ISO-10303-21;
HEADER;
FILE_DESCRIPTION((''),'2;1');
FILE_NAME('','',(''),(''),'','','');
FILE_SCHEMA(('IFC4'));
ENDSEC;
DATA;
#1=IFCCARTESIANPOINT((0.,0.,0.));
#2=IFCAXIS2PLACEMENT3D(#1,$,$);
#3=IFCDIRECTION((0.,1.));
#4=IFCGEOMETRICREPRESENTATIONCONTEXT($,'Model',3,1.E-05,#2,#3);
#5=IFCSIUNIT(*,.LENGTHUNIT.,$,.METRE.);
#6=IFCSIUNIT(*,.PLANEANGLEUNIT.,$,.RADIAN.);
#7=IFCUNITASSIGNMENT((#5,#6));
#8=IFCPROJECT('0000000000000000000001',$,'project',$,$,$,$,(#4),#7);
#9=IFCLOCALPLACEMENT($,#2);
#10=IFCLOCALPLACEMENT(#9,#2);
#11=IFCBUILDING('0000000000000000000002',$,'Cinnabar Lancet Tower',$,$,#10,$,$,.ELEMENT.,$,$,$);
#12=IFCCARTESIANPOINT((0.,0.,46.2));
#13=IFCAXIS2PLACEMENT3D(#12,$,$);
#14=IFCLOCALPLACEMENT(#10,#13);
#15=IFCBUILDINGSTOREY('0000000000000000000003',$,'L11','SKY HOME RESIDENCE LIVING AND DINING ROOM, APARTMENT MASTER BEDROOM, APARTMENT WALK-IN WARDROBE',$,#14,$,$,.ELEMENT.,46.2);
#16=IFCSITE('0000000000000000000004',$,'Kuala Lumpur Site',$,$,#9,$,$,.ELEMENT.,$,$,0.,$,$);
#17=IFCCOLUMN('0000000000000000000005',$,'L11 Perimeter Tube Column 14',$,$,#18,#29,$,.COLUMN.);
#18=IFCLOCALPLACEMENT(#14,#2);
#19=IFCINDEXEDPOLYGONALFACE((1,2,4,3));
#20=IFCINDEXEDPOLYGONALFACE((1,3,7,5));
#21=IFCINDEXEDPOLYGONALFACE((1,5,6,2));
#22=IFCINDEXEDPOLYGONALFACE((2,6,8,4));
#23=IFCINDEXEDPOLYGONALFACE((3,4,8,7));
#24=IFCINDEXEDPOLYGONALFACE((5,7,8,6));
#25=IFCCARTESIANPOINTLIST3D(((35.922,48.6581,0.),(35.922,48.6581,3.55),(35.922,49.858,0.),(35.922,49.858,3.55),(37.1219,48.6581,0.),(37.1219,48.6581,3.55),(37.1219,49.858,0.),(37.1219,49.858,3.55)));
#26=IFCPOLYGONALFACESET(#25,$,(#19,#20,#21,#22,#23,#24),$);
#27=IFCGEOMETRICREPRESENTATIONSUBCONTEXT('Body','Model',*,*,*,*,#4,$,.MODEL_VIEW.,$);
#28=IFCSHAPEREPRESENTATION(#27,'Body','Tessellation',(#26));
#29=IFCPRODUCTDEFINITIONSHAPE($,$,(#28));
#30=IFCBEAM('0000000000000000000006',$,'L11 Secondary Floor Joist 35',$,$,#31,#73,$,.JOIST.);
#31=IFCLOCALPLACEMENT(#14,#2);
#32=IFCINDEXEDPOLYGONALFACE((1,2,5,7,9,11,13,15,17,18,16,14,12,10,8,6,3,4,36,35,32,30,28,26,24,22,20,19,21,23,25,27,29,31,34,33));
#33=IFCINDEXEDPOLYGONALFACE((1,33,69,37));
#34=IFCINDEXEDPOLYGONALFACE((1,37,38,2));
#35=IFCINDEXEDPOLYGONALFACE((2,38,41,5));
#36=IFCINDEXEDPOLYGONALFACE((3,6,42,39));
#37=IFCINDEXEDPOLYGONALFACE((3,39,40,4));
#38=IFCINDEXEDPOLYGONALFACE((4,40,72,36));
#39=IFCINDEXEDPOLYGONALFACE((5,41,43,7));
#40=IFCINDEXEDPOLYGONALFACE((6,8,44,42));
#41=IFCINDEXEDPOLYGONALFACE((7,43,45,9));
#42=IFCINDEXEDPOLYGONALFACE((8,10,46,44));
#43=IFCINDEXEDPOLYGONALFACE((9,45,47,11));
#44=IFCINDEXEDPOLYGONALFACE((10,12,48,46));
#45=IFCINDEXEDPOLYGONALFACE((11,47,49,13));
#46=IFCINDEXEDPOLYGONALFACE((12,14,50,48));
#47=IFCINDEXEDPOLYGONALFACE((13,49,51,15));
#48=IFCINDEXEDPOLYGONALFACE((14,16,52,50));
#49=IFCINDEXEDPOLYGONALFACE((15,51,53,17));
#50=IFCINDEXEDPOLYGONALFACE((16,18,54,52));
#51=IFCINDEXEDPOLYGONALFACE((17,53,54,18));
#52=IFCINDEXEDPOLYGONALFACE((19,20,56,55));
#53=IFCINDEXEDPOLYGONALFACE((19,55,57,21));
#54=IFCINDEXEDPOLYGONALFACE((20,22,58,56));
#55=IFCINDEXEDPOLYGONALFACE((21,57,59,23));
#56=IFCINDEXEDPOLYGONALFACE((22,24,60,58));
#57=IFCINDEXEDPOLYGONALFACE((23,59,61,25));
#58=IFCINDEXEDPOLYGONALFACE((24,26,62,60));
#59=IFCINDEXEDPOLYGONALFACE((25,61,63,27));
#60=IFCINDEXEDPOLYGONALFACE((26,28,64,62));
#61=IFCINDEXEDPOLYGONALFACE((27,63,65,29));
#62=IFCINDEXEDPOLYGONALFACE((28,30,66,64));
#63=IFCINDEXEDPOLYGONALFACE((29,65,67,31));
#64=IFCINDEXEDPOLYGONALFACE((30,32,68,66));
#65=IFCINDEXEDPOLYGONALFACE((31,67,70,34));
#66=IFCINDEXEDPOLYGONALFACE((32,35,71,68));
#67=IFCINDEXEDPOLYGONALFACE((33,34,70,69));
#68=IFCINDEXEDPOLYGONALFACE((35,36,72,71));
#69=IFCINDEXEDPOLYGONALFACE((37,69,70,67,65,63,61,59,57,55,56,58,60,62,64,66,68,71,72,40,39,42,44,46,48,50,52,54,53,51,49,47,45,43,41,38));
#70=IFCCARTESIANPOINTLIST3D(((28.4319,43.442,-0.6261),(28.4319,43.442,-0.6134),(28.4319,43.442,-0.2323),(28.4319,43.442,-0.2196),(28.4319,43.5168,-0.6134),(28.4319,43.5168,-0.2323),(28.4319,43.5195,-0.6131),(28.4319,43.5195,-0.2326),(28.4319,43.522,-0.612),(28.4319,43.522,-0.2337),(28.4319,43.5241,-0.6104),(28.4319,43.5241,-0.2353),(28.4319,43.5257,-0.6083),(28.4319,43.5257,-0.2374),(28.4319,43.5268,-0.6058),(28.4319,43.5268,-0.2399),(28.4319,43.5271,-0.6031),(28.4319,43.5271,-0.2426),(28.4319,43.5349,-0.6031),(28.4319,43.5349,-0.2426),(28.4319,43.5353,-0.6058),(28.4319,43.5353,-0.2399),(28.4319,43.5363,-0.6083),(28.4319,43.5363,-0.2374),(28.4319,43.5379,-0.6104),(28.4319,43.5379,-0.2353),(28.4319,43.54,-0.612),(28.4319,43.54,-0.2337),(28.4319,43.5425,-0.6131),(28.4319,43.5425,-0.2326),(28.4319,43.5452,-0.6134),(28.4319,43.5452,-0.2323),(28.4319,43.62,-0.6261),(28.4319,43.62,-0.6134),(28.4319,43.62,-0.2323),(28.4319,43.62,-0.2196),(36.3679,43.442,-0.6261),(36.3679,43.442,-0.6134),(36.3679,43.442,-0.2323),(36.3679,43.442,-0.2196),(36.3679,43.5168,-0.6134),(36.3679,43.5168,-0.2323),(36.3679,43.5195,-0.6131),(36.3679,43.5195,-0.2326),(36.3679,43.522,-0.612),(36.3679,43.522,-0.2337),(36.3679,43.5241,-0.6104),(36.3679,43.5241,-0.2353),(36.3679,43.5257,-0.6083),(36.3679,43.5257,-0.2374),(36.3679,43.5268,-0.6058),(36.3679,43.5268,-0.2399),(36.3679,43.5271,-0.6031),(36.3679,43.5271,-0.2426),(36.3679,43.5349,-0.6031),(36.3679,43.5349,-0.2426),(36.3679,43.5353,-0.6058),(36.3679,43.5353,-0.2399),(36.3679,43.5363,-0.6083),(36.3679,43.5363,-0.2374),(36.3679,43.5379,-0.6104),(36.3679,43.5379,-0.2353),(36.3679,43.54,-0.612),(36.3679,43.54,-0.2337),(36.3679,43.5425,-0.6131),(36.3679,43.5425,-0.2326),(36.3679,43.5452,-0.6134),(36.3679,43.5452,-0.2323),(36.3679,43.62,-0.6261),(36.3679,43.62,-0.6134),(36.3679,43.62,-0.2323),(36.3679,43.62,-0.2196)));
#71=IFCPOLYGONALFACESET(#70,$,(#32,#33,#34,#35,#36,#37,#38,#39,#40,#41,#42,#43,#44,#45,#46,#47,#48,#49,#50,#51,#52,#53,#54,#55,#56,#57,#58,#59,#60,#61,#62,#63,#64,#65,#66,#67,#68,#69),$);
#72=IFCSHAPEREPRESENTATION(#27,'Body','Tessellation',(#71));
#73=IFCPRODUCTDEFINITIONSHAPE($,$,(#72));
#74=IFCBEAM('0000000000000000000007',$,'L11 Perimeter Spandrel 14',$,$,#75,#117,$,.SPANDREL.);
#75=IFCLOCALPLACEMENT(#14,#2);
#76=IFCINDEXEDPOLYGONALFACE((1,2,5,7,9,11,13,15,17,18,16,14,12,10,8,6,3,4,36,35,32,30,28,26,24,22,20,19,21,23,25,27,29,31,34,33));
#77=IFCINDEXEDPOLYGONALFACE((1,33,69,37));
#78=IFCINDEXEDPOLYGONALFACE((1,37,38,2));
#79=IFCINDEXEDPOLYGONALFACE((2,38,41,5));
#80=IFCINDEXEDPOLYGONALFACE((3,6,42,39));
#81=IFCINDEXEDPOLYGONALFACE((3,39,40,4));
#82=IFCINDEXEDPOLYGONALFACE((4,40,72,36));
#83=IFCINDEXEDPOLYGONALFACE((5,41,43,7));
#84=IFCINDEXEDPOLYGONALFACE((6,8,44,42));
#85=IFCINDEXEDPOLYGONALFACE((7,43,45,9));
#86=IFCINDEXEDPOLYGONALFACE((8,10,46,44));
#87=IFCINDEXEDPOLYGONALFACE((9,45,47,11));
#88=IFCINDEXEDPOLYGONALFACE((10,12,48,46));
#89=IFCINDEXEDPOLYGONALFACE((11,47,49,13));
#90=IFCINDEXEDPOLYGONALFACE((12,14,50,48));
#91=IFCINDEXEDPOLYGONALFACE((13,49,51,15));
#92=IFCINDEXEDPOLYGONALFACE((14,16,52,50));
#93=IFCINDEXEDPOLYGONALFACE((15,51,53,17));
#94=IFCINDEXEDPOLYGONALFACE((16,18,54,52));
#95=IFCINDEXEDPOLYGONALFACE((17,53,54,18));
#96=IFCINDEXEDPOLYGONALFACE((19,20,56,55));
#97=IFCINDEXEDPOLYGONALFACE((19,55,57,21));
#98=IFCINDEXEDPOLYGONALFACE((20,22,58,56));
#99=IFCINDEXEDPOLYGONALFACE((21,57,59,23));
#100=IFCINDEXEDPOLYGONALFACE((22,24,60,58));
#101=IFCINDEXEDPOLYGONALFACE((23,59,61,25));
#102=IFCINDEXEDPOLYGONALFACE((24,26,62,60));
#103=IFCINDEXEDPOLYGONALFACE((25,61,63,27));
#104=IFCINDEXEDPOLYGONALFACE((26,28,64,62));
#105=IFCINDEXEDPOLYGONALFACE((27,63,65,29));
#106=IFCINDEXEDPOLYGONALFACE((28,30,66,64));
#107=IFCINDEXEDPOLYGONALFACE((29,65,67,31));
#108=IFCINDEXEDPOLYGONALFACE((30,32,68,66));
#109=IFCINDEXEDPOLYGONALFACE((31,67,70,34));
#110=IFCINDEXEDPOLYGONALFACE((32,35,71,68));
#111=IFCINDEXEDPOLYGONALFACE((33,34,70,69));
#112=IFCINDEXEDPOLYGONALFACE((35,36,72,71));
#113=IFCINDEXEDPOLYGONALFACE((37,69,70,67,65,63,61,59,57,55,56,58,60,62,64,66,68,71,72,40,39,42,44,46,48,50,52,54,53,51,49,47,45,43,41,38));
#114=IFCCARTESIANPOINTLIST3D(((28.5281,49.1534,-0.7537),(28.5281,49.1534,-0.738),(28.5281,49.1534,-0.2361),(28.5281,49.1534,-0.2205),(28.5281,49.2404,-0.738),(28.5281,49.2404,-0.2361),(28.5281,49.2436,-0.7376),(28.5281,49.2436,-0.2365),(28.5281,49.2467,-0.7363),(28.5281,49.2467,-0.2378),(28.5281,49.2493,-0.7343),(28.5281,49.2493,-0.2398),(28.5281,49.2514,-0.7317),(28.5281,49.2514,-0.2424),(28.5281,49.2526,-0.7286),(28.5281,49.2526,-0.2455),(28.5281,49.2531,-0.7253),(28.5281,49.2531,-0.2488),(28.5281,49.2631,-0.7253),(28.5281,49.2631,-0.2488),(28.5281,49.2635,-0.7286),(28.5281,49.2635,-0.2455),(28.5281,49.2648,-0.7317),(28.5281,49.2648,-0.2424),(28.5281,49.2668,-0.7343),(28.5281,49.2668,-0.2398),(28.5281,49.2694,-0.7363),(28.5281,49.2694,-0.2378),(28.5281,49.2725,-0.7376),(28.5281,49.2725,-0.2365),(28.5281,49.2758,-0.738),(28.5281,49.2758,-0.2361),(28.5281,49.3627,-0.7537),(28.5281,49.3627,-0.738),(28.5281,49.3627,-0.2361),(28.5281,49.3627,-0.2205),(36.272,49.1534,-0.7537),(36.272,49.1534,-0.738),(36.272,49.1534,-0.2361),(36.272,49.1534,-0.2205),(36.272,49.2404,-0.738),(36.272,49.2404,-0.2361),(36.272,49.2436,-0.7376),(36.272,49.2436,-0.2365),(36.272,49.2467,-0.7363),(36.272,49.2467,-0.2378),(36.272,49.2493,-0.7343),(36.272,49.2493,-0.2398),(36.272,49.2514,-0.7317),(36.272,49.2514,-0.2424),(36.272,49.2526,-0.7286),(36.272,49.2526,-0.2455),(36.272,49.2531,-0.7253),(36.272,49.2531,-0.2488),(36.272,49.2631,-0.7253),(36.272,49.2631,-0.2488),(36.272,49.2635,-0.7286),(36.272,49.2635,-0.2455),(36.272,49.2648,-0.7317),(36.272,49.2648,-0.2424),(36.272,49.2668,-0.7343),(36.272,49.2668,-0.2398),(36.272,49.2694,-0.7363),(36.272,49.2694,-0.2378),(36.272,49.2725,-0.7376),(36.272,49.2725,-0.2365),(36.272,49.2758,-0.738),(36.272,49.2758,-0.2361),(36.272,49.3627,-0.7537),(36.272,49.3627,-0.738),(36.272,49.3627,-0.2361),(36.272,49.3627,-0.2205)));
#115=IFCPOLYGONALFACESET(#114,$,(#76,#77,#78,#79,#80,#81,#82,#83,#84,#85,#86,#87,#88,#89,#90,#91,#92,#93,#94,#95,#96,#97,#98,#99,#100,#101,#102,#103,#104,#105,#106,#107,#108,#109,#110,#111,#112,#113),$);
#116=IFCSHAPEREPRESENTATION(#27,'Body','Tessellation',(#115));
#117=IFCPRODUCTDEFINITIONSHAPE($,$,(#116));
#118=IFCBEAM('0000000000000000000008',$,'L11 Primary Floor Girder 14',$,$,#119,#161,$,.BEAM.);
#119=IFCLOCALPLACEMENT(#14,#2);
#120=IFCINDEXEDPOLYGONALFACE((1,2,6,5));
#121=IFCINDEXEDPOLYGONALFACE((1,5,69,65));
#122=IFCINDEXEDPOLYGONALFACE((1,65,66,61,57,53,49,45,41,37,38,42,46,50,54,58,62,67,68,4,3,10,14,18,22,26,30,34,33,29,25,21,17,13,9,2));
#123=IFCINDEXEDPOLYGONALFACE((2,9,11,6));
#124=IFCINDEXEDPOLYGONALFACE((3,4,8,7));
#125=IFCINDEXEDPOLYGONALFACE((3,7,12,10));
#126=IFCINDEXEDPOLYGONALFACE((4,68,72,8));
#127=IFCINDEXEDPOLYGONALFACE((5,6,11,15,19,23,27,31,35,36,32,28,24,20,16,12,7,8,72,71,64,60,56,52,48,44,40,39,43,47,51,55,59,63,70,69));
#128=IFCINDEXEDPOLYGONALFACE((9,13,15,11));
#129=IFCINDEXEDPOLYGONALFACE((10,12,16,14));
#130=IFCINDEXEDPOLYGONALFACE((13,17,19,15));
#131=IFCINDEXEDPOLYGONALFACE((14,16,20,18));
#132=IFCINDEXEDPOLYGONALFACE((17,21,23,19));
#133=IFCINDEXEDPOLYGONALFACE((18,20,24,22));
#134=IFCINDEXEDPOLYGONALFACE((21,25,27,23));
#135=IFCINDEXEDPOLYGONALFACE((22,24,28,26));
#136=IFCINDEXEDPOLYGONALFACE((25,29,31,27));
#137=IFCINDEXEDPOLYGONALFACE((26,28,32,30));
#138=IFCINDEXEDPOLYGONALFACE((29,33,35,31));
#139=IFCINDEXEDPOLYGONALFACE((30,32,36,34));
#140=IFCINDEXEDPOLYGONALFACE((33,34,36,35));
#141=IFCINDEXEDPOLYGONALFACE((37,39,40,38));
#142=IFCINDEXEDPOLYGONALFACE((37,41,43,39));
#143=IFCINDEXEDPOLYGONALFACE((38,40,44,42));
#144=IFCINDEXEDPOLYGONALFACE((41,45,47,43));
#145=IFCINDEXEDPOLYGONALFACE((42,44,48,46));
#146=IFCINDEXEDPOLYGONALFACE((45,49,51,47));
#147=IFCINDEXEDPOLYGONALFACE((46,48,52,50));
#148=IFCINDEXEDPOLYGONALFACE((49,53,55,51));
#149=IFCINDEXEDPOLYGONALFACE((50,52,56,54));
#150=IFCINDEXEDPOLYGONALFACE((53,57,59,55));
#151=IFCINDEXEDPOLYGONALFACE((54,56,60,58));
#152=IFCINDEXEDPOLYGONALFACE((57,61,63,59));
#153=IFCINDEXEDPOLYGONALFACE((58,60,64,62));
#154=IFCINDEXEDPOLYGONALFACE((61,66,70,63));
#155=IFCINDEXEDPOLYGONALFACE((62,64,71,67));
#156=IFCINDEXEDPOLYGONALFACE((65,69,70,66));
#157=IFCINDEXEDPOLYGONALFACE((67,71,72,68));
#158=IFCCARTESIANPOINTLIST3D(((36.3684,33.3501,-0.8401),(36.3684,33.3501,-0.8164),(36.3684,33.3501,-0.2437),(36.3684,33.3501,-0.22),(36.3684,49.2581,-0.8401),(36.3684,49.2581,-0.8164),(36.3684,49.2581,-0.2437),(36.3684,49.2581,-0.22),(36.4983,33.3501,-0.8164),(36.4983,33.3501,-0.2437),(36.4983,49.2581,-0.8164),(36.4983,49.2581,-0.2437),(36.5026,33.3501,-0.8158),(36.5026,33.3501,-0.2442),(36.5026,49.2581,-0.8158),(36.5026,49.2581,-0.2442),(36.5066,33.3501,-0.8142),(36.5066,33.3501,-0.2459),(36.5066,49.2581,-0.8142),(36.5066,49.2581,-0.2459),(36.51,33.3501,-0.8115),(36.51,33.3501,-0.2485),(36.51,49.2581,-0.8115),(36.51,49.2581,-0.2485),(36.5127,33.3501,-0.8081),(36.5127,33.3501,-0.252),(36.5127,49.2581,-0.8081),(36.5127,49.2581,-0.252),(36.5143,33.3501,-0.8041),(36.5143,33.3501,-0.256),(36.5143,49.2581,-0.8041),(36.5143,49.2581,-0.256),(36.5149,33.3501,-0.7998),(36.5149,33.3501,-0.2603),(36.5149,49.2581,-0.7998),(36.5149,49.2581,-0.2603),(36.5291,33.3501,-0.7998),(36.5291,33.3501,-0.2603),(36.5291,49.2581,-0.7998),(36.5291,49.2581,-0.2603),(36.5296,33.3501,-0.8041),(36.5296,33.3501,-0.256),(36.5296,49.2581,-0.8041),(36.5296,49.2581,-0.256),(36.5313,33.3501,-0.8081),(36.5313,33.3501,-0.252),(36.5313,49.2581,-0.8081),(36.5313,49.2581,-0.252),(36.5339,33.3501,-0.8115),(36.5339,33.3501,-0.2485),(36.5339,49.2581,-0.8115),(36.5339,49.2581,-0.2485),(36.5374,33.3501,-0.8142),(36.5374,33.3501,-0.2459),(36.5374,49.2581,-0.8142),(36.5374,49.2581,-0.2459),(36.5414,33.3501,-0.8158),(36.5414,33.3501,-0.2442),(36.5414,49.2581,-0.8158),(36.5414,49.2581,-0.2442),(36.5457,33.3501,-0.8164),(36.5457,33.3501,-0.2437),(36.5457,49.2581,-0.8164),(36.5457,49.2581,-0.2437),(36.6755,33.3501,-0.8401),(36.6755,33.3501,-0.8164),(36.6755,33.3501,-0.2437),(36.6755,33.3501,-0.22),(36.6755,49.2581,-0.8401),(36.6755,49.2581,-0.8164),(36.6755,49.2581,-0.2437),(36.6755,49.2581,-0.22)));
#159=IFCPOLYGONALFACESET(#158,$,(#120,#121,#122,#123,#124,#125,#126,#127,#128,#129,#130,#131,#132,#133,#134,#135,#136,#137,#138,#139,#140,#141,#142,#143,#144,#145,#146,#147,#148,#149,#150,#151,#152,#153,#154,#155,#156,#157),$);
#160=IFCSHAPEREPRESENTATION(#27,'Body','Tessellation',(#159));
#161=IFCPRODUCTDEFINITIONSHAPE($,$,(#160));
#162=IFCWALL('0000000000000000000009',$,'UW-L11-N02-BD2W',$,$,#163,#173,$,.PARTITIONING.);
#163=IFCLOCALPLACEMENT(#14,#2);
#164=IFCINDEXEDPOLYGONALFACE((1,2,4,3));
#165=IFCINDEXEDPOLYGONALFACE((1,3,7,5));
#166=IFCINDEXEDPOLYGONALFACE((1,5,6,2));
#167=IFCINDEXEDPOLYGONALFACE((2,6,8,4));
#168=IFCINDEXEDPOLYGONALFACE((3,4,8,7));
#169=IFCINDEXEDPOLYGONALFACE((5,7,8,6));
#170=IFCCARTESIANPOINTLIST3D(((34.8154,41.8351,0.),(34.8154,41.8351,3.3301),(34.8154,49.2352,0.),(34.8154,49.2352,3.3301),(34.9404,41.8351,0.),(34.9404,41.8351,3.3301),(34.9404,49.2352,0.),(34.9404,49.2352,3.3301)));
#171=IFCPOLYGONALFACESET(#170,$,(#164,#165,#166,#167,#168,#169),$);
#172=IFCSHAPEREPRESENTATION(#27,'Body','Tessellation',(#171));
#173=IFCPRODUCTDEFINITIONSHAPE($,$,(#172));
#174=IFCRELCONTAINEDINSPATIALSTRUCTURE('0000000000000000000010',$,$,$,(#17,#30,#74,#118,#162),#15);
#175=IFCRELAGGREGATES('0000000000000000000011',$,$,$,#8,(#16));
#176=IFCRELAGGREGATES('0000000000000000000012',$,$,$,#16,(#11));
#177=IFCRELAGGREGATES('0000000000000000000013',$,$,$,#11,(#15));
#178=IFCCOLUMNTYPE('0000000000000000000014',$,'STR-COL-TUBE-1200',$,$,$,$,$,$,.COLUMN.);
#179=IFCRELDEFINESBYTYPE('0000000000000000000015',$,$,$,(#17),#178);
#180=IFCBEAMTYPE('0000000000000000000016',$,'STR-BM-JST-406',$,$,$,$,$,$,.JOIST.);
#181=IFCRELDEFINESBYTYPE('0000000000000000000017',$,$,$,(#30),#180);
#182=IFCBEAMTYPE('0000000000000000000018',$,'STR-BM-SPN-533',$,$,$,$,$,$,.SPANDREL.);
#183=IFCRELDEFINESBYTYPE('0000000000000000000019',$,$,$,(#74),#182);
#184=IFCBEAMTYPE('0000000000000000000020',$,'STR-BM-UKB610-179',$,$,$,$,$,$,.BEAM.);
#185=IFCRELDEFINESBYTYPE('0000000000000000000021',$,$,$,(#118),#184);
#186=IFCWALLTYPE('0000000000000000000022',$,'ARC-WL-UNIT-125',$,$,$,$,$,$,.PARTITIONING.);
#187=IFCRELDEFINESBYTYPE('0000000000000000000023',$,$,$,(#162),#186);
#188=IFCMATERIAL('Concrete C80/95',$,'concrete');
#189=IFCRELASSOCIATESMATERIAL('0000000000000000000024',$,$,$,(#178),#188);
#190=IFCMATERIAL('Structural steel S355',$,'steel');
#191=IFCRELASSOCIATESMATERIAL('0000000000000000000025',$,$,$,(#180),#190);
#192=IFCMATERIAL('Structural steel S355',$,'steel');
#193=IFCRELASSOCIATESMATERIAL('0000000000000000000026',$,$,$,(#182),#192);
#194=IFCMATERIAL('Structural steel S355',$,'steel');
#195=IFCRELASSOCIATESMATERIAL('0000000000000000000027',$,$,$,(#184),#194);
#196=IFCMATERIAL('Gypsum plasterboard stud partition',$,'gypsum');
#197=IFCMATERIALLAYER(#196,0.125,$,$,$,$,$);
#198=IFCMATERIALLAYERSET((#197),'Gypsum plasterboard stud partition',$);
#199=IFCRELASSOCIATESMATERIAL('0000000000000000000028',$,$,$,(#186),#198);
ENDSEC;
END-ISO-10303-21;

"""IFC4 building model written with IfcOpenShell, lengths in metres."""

from ifc_helpers import new_model, si_unit, direction, frame, frame_2d, origin, origin_2d, place, context, subcontext, project, spatial, rectangle, i_section, extrude, material, layer, layer_set, material_profile, profile_set, type_object, element, save


model = new_model("IFC4")

# Units and contexts
model_context = context("Model", 3, precision=1e-05, world=origin(), true_north=direction((0.0, 1.0)))
body_context = subcontext(model_context, "Body", "Model", "MODEL_VIEW")
ifc_project = project(units=[si_unit("LENGTHUNIT", "METRE"), si_unit("PLANEANGLEUNIT", "RADIAN")], contexts=[model_context])

# Site, building, storey
site_placement = place(None, origin())
site = spatial("IfcSite", under=ifc_project, at=site_placement, Name="Kuala Lumpur Site", CompositionType="ELEMENT", RefElevation=0.0)
building_placement = place(site_placement, origin())
building = spatial("IfcBuilding", under=site, at=building_placement, Name="Cinnabar Lancet Tower", CompositionType="ELEMENT")
storey_placement = place(building_placement, frame((0.0, 0.0, 46.2)))
storey = spatial("IfcBuildingStorey", under=building, at=storey_placement, Name="L11", Description="SKY HOME RESIDENCE LIVING AND DINING ROOM, APARTMENT MASTER BEDROOM, APARTMENT WALK-IN WARDROBE", CompositionType="ELEMENT", Elevation=46.2)

# Column
ifc_material_1 = material(Name="Concrete C80/95", Category="concrete")
ifc_material_profile_1 = material_profile(ifc_material_1, rectangle(XDim=1.2, YDim=1.2, at=origin_2d()), Name="RC-COL 1200x1200")
ifc_profile_set_1 = profile_set([ifc_material_profile_1], Name="Concrete C80/95")
column_type = type_object("IfcColumnType", Name="STR-COL-TUBE-1200", PredefinedType="COLUMN", material=ifc_profile_set_1)
column_placement = place(storey_placement, frame((36.522, 49.2581, 0.0), z_axis=(0.0, 0.0, 1.0), x_axis=(1.0, 0.0, 0.0)))
element("IfcColumn", 1, at=column_placement, inside=storey, type_object=column_type, Name="L11 Perimeter Tube Column 14", PredefinedType="COLUMN", context=body_context, shape_type="SweptSolid", body=[
    extrude(rectangle(XDim=1.2, YDim=1.2, at=origin_2d()), origin(), (0.0, 0.0, 1.0), 3.55),
])

# Beams
ifc_material_2 = material(Name="Structural steel S355", Category="steel")
ifc_material_profile_2 = material_profile(ifc_material_2, i_section(OverallWidth=0.178, OverallDepth=0.4065, WebThickness=0.0078, FlangeThickness=0.0127, FilletRadius=0.0103, at=origin_2d()), Name="UKB 406x178x60")
ifc_profile_set_2 = profile_set([ifc_material_profile_2], Name="Structural steel S355")
beam_type_1 = type_object("IfcBeamType", Name="STR-BM-JST-406", PredefinedType="JOIST", material=ifc_profile_set_2)
beam_1_placement = place(storey_placement, frame((36.3679, 43.531, -0.4229), z_axis=(-1.0, 0.0, 0.0), x_axis=(0.0, -1.0, 0.0)))
element("IfcBeam", 2, at=beam_1_placement, inside=storey, type_object=beam_type_1, Name="L11 Secondary Floor Joist 35", PredefinedType="JOIST", context=body_context, shape_type="SweptSolid", body=[
    extrude(i_section(OverallWidth=0.178, OverallDepth=0.4065, WebThickness=0.0078, FlangeThickness=0.0127, FilletRadius=0.0103, at=origin_2d()), origin(), (0.0, 0.0, 1.0), 7.936),
])
ifc_material_3 = material(Name="Structural steel S355", Category="steel")
ifc_material_profile_3 = material_profile(ifc_material_3, i_section(OverallWidth=0.2092, OverallDepth=0.5332, WebThickness=0.01, FlangeThickness=0.0156, FilletRadius=0.0127, at=origin_2d()), Name="UKB 533x210x92")
ifc_profile_set_3 = profile_set([ifc_material_profile_3], Name="Structural steel S355")
beam_type_2 = type_object("IfcBeamType", Name="STR-BM-SPN-533", PredefinedType="SPANDREL", material=ifc_profile_set_3)
beam_2_placement = place(storey_placement, frame((36.272, 49.2581, -0.4871), z_axis=(-1.0, 0.0, 0.0), x_axis=(0.0, -1.0, 0.0)))
element("IfcBeam", 3, at=beam_2_placement, inside=storey, type_object=beam_type_2, Name="L11 Perimeter Spandrel 14", PredefinedType="SPANDREL", context=body_context, shape_type="SweptSolid", body=[
    extrude(i_section(OverallWidth=0.2092, OverallDepth=0.5332, WebThickness=0.01, FlangeThickness=0.0156, FilletRadius=0.0127, at=origin_2d()), origin(), (0.0, 0.0, 1.0), 7.7439),
])
ifc_material_4 = material(Name="Structural steel S355", Category="steel")
ifc_material_profile_4 = material_profile(ifc_material_4, i_section(OverallWidth=0.3071, OverallDepth=0.6201, WebThickness=0.0142, FlangeThickness=0.0237, FilletRadius=0.0166, at=origin_2d()), Name="UKB 610x305x179")
ifc_profile_set_4 = profile_set([ifc_material_profile_4], Name="Structural steel S355")
beam_type_3 = type_object("IfcBeamType", Name="STR-BM-UKB610-179", PredefinedType="BEAM", material=ifc_profile_set_4)
beam_3_placement = place(storey_placement, frame((36.522, 49.2581, -0.53), z_axis=(0.0, -1.0, 0.0), x_axis=(1.0, 0.0, 0.0)))
element("IfcBeam", 4, at=beam_3_placement, inside=storey, type_object=beam_type_3, Name="L11 Primary Floor Girder 14", PredefinedType="BEAM", context=body_context, shape_type="SweptSolid", body=[
    extrude(i_section(OverallWidth=0.3071, OverallDepth=0.6201, WebThickness=0.0142, FlangeThickness=0.0237, FilletRadius=0.0166, at=origin_2d()), origin(), (0.0, 0.0, 1.0), 15.908),
])

# Wall
ifc_material_5 = material(Name="Gypsum plasterboard stud partition", Category="gypsum")
ifc_layer_1 = layer(ifc_material_5, 0.125)
ifc_layer_set_1 = layer_set([ifc_layer_1], Name="Gypsum plasterboard stud partition")
wall_type_1 = type_object("IfcWallType", Name="ARC-WL-UNIT-125", PredefinedType="PARTITIONING", material=ifc_layer_set_1)
wall_1_placement = place(storey_placement, frame((34.8779, 41.835, 0.0), z_axis=(0.0, 0.0, 1.0), x_axis=(0.0, 1.0, 0.0)))
element("IfcWall", 5, at=wall_1_placement, inside=storey, type_object=wall_type_1, Name="UW-L11-N02-BD2W", PredefinedType="PARTITIONING", context=body_context, shape_type="SweptSolid", body=[
    extrude(rectangle(XDim=7.4001, YDim=0.125, at=frame_2d((3.7002, 0.0))), origin(), (0.0, 0.0, 1.0), 3.3301),
])

save(model, "model.ifc")
